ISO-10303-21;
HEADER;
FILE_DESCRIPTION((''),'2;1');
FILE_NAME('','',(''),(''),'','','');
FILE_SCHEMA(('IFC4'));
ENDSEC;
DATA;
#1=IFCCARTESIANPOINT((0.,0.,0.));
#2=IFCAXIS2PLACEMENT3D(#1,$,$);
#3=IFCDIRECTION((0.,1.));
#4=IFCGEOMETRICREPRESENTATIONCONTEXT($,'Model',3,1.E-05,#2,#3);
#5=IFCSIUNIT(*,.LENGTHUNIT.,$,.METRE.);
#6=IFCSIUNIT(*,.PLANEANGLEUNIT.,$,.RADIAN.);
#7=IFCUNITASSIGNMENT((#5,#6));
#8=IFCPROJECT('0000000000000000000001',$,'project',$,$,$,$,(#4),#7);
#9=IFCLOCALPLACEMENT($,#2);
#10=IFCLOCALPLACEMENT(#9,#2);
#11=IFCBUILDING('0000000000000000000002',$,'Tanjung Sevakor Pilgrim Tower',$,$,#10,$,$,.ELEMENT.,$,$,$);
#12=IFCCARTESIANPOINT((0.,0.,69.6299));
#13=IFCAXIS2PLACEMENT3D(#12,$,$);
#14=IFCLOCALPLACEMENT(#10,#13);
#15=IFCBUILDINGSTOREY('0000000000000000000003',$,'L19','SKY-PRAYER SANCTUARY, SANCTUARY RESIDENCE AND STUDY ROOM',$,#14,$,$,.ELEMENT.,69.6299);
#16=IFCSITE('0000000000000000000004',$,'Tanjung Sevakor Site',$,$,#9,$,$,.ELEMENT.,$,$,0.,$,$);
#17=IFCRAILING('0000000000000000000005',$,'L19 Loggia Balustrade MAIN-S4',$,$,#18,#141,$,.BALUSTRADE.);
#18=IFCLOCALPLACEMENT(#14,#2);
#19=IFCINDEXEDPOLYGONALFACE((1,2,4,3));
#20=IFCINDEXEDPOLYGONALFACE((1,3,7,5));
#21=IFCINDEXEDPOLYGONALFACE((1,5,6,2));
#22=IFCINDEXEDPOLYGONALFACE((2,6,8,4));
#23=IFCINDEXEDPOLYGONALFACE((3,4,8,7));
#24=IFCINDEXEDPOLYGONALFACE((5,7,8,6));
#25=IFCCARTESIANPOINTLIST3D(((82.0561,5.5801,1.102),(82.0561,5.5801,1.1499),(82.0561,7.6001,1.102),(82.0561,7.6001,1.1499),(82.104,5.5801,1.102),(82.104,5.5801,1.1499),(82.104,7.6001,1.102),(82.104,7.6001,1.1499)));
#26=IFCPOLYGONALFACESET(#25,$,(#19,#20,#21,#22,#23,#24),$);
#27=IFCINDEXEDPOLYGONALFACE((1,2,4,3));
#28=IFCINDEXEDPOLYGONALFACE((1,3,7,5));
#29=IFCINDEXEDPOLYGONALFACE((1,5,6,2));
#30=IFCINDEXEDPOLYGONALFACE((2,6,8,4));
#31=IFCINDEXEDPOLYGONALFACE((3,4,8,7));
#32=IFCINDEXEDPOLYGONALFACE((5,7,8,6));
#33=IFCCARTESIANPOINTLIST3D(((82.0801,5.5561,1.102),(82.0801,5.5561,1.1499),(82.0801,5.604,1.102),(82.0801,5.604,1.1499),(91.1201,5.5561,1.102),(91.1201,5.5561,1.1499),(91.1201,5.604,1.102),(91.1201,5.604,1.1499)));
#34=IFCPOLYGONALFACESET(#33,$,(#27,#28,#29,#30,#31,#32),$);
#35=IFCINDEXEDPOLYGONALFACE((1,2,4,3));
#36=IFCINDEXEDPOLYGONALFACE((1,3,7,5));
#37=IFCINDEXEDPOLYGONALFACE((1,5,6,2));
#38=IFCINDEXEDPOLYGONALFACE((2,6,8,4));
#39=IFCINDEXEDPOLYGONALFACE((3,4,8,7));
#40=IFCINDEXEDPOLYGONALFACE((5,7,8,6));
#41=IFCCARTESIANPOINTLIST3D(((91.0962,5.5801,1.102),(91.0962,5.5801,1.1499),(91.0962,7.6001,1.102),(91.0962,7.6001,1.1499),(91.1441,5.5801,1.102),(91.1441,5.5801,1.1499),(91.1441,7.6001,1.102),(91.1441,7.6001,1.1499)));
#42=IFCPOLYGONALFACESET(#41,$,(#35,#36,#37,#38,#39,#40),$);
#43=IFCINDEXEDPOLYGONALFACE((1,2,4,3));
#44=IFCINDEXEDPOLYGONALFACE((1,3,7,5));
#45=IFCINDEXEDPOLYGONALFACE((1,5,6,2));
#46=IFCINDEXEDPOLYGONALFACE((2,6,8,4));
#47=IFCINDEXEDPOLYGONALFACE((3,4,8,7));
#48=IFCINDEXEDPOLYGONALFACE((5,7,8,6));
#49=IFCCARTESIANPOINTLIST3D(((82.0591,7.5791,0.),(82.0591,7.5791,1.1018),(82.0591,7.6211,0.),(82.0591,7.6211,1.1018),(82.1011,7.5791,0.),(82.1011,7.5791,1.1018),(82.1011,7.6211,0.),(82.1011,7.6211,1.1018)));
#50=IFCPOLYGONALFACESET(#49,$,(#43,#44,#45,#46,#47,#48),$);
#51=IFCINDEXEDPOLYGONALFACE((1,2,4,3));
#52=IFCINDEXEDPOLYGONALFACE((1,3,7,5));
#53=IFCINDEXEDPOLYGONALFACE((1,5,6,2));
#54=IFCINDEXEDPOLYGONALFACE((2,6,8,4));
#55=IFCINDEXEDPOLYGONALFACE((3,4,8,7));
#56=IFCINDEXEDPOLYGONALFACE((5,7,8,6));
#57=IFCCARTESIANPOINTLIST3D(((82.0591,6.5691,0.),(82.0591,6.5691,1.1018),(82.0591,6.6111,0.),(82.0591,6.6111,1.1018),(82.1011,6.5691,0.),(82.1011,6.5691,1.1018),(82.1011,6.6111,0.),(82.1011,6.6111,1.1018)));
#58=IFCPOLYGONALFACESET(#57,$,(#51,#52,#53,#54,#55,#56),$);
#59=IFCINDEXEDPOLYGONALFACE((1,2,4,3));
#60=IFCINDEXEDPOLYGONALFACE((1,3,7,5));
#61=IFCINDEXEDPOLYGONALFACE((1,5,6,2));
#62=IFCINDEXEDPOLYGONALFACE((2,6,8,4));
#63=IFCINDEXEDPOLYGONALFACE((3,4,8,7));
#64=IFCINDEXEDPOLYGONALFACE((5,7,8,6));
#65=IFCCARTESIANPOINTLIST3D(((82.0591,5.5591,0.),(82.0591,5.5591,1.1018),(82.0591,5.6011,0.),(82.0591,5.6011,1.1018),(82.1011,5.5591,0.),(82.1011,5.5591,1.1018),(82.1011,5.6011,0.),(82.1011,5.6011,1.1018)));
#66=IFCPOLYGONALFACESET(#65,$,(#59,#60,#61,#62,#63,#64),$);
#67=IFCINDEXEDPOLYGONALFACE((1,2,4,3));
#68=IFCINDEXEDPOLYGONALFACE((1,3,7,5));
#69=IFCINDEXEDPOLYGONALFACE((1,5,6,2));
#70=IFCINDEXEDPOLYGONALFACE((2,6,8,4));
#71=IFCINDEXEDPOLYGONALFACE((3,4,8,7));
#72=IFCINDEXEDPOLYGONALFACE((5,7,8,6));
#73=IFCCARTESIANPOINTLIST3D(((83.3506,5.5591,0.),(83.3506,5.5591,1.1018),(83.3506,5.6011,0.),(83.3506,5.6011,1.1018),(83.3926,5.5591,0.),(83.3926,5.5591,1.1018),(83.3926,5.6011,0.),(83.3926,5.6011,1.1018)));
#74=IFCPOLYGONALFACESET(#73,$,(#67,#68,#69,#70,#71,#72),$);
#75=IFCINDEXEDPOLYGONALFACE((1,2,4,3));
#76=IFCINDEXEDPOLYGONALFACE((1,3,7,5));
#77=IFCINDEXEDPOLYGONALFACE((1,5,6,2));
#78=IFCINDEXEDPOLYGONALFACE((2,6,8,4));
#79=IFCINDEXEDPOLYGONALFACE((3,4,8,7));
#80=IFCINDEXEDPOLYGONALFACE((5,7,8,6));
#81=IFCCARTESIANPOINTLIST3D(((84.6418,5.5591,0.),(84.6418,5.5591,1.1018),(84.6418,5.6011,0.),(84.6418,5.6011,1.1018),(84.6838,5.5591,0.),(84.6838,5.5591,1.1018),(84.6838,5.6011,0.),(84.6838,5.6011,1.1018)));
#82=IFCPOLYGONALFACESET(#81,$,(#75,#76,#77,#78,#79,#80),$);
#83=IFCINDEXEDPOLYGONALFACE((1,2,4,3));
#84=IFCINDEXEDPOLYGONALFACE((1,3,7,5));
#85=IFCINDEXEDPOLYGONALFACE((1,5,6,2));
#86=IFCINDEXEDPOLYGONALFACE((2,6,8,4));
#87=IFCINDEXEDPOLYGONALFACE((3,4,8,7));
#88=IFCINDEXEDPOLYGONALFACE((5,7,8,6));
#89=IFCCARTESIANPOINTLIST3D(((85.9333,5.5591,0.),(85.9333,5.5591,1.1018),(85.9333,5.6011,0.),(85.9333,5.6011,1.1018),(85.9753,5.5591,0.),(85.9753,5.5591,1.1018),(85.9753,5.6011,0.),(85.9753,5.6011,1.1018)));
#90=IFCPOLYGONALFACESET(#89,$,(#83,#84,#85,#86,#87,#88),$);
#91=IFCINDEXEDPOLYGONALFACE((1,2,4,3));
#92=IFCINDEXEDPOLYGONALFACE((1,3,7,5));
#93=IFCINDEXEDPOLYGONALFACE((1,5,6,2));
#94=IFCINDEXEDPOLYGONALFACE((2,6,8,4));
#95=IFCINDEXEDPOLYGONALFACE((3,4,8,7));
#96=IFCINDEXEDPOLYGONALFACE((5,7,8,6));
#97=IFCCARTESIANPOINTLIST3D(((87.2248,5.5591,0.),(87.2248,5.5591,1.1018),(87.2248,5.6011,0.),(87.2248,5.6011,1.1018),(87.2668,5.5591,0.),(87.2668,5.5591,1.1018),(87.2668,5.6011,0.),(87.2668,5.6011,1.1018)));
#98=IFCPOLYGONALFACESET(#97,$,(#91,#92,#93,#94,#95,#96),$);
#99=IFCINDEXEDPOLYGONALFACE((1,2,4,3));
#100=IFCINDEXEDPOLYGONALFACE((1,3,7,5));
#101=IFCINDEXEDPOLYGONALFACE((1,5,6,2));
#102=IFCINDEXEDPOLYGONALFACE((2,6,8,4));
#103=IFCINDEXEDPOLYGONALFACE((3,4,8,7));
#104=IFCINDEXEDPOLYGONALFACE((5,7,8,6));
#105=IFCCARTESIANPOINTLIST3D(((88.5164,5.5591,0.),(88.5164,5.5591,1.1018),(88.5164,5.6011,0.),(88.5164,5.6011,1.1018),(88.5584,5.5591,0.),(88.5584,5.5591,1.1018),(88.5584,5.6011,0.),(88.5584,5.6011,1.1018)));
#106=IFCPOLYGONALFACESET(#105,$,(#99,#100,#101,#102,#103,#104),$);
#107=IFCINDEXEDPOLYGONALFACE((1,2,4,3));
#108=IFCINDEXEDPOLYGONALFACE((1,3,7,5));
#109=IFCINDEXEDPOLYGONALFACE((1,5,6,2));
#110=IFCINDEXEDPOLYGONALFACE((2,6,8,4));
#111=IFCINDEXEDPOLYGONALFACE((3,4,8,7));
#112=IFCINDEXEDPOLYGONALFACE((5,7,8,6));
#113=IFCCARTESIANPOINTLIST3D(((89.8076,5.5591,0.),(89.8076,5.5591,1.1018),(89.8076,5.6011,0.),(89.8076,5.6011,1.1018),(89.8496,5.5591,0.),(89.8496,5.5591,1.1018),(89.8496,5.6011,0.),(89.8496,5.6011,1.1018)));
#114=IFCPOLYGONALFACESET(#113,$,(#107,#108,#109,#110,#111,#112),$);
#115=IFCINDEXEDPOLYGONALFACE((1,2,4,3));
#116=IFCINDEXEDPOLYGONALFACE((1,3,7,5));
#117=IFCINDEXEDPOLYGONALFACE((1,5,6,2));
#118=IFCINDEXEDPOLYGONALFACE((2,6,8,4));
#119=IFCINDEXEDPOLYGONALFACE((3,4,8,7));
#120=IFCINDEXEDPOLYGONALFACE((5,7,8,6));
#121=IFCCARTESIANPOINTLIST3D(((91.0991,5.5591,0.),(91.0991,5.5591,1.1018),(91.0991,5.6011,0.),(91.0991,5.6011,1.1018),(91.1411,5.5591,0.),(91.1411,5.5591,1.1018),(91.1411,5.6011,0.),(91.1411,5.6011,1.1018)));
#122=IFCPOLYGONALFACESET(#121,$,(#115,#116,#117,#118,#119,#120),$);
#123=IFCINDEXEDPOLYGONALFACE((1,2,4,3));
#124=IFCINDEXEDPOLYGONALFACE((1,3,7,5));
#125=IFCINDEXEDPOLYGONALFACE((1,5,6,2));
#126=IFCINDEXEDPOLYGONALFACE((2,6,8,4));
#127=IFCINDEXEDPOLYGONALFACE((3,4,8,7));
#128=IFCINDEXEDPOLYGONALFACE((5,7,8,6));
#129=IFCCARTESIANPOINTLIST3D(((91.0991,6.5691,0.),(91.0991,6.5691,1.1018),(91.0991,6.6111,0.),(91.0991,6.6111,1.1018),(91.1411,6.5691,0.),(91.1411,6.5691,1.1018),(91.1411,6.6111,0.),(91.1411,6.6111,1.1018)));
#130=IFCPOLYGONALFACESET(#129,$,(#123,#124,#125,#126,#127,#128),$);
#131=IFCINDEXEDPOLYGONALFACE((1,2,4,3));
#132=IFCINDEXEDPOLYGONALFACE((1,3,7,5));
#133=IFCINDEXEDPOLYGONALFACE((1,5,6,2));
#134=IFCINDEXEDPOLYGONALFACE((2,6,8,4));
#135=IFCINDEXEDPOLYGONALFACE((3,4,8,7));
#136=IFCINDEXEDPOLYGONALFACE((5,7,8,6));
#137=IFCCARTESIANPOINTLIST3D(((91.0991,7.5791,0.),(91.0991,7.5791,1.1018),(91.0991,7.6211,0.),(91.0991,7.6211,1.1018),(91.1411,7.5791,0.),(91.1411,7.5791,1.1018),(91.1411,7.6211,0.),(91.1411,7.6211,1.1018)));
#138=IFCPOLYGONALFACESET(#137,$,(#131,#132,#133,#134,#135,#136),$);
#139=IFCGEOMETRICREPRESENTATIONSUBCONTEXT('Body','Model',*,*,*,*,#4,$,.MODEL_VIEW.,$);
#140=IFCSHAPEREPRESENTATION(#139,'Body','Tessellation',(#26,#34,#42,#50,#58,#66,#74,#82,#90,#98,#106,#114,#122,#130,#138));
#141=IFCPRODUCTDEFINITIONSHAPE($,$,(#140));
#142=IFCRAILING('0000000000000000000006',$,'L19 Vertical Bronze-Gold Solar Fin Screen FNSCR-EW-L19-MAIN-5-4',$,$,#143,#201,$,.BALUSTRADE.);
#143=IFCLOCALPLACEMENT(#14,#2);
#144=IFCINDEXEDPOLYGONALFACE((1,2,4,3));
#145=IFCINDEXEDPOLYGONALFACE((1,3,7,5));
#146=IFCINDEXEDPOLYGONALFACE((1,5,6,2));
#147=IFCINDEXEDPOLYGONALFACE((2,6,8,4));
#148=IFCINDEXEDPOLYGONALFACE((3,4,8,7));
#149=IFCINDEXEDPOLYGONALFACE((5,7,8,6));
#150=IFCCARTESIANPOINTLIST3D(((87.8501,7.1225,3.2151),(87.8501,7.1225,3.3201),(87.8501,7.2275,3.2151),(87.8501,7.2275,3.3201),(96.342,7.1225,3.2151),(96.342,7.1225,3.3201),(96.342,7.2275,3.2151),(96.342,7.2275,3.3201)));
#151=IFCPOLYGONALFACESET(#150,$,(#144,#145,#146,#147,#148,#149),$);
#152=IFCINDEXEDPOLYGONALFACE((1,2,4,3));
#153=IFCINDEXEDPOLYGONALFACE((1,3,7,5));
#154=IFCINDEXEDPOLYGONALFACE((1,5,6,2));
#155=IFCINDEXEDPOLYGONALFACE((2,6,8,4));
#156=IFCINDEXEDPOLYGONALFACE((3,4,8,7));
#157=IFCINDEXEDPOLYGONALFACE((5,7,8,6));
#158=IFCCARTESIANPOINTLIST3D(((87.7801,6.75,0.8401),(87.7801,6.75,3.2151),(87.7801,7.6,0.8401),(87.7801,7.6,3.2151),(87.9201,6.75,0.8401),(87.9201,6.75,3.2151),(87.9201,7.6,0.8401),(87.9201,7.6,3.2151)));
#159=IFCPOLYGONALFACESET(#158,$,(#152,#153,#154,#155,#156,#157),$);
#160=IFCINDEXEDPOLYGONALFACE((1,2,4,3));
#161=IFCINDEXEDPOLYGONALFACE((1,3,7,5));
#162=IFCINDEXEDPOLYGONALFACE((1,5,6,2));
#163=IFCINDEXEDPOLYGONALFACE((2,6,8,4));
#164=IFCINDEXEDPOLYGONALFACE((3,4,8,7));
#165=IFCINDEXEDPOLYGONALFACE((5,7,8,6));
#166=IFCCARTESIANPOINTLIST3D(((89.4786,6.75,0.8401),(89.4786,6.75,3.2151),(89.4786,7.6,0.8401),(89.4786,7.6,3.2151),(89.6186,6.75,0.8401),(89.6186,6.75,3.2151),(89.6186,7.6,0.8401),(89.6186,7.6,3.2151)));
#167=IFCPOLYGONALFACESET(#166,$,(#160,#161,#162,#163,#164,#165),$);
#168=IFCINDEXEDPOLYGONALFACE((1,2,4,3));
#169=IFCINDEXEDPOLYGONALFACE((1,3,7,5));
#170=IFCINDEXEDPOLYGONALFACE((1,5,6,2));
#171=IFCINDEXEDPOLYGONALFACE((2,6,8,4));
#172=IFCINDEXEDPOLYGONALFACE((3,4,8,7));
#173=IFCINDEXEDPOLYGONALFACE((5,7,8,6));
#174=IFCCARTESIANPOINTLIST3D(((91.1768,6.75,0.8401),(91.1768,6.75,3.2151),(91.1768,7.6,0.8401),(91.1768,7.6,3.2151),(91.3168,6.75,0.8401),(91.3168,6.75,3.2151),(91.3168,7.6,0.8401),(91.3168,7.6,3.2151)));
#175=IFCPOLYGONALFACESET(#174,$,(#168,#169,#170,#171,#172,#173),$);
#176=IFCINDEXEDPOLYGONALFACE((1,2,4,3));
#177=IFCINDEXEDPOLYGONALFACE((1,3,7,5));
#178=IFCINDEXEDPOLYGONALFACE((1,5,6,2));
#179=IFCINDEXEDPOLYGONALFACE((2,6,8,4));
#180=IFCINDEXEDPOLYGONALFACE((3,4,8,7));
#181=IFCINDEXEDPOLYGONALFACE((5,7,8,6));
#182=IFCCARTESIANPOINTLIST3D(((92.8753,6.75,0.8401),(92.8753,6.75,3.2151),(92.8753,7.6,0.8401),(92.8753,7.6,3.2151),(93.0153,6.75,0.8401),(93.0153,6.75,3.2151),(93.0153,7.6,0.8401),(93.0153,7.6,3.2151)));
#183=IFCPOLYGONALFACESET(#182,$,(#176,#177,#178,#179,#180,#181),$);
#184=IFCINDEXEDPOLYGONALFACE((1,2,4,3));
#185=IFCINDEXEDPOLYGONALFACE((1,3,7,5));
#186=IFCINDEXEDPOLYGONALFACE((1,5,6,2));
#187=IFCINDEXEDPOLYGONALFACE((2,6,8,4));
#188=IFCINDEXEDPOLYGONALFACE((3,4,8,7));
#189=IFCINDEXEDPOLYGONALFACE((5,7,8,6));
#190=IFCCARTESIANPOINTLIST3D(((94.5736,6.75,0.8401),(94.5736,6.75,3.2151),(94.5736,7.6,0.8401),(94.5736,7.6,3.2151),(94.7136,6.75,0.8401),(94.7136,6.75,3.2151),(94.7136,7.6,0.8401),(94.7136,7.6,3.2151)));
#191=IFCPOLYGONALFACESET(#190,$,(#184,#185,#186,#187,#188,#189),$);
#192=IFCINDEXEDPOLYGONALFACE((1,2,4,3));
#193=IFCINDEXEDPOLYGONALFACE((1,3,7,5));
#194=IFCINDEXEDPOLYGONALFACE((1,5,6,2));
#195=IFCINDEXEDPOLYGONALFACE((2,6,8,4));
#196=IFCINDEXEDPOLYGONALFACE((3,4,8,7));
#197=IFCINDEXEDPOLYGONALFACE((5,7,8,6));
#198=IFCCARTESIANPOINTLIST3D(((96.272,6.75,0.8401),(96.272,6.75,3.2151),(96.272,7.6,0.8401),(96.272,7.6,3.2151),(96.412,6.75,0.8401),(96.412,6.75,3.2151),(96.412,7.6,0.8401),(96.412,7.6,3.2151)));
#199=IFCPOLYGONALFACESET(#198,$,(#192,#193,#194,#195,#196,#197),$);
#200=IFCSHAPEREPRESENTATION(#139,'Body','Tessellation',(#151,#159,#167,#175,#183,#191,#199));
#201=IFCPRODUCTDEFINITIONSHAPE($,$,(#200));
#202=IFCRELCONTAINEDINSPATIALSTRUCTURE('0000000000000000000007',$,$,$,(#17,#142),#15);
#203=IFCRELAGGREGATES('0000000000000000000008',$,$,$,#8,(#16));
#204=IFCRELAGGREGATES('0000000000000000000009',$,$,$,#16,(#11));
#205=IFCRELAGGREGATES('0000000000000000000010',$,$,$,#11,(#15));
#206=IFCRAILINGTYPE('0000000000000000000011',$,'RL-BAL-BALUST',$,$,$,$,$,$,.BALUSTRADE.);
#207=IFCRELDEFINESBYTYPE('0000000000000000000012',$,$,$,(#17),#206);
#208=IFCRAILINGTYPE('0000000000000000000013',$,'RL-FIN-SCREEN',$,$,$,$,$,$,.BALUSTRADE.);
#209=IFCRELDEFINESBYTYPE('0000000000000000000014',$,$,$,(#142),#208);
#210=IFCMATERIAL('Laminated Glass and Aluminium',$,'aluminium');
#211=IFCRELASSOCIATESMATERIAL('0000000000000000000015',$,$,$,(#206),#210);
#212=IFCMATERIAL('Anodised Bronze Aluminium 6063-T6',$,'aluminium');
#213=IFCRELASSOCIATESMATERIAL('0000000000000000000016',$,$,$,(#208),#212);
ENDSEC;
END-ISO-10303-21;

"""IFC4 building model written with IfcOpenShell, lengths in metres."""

from ifc_helpers import new_model, si_unit, direction, frame, origin, place, context, subcontext, project, spatial, rectangle, extrude, material, type_object, element, save


model = new_model("IFC4")

# Units and contexts
model_context = context("Model", 3, precision=1e-05, world=origin(), true_north=direction((0.0, 1.0)))
body_context = subcontext(model_context, "Body", "Model", "MODEL_VIEW")
ifc_project = project(units=[si_unit("LENGTHUNIT", "METRE"), si_unit("PLANEANGLEUNIT", "RADIAN")], contexts=[model_context])

# Site, building, storey
site_placement = place(None, origin())
site = spatial("IfcSite", under=ifc_project, at=site_placement, Name="Tanjung Sevakor Site", CompositionType="ELEMENT", RefElevation=0.0)
building_placement = place(site_placement, origin())
building = spatial("IfcBuilding", under=site, at=building_placement, Name="Tanjung Sevakor Pilgrim Tower", CompositionType="ELEMENT")
storey_placement = place(building_placement, frame((0.0, 0.0, 69.6299)))
storey = spatial("IfcBuildingStorey", under=building, at=storey_placement, Name="L19", Description="SKY-PRAYER SANCTUARY, SANCTUARY RESIDENCE AND STUDY ROOM", CompositionType="ELEMENT", Elevation=69.6299)

# Railings
ifc_material_1 = material(Name="Laminated Glass and Aluminium", Category="aluminium")
railing_type_1 = type_object("IfcRailingType", Name="RL-BAL-BALUST", PredefinedType="BALUSTRADE", material=ifc_material_1)
railing_1_placement = place(storey_placement, frame((82.0801, 7.6001, 0.0)))
element("IfcRailing", 1, at=railing_1_placement, inside=storey, type_object=railing_type_1, Name="L19 Loggia Balustrade MAIN-S4", PredefinedType="BALUSTRADE", context=body_context, shape_type="SweptSolid", body=[
    extrude(rectangle(XDim=0.0479, YDim=0.0479), frame((0.0, 0.0, 1.126), z_axis=(0.0, -1.0, 0.0), x_axis=(1.0, 0.0, 0.0)), (0.0, 0.0, 1.0), 2.02),
    extrude(rectangle(XDim=0.0479, YDim=0.0479), frame((0.0, -2.02, 1.126), z_axis=(1.0, 0.0, 0.0), x_axis=(0.0, 1.0, 0.0)), (0.0, 0.0, 1.0), 9.04),
    extrude(rectangle(XDim=0.0479, YDim=0.0479), frame((9.04, -2.02, 1.126), z_axis=(0.0, 1.0, 0.0), x_axis=(-1.0, 0.0, 0.0)), (0.0, 0.0, 1.0), 2.02),
    extrude(rectangle(XDim=0.042, YDim=0.042), origin(), (0.0, 0.0, 1.0), 1.1018),
    extrude(rectangle(XDim=0.042, YDim=0.042), frame((0.0, -1.01, 0.0)), (0.0, 0.0, 1.0), 1.1018),
    extrude(rectangle(XDim=0.042, YDim=0.042), frame((0.0, -2.02, 0.0)), (0.0, 0.0, 1.0), 1.1018),
    extrude(rectangle(XDim=0.042, YDim=0.042), frame((1.2915, -2.02, 0.0)), (0.0, 0.0, 1.0), 1.1018),
    extrude(rectangle(XDim=0.042, YDim=0.042), frame((2.5828, -2.02, 0.0)), (0.0, 0.0, 1.0), 1.1018),
    extrude(rectangle(XDim=0.042, YDim=0.042), frame((3.8743, -2.02, 0.0)), (0.0, 0.0, 1.0), 1.1018),
    extrude(rectangle(XDim=0.042, YDim=0.042), frame((5.1658, -2.02, 0.0)), (0.0, 0.0, 1.0), 1.1018),
    extrude(rectangle(XDim=0.042, YDim=0.042), frame((6.4573, -2.02, 0.0)), (0.0, 0.0, 1.0), 1.1018),
    extrude(rectangle(XDim=0.042, YDim=0.042), frame((7.7485, -2.02, 0.0)), (0.0, 0.0, 1.0), 1.1018),
    extrude(rectangle(XDim=0.042, YDim=0.042), frame((9.04, -2.02, 0.0)), (0.0, 0.0, 1.0), 1.1018),
    extrude(rectangle(XDim=0.042, YDim=0.042), frame((9.04, -1.01, 0.0)), (0.0, 0.0, 1.0), 1.1018),
    extrude(rectangle(XDim=0.042, YDim=0.042), frame((9.04, 0.0, 0.0)), (0.0, 0.0, 1.0), 1.1018),
])
ifc_material_2 = material(Name="Anodised Bronze Aluminium 6063-T6", Category="aluminium")
railing_type_2 = type_object("IfcRailingType", Name="RL-FIN-SCREEN", PredefinedType="BALUSTRADE", material=ifc_material_2)
railing_2_placement = place(storey_placement, frame((87.8501, 7.175, 0.8401)))
element("IfcRailing", 2, at=railing_2_placement, inside=storey, type_object=railing_type_2, Name="L19 Vertical Bronze-Gold Solar Fin Screen FNSCR-EW-L19-MAIN-5-4", PredefinedType="BALUSTRADE", context=body_context, shape_type="SweptSolid", body=[
    extrude(rectangle(XDim=0.105, YDim=0.105), frame((0.0, 0.0, 2.4275), z_axis=(1.0, 0.0, 0.0), x_axis=(0.0, 1.0, 0.0)), (0.0, 0.0, 1.0), 8.4919),
    extrude(rectangle(XDim=0.14, YDim=0.85), origin(), (0.0, 0.0, 1.0), 2.375),
    extrude(rectangle(XDim=0.14, YDim=0.85), frame((1.6985, 0.0, 0.0)), (0.0, 0.0, 1.0), 2.375),
    extrude(rectangle(XDim=0.14, YDim=0.85), frame((3.3967, 0.0, 0.0)), (0.0, 0.0, 1.0), 2.375),
    extrude(rectangle(XDim=0.14, YDim=0.85), frame((5.0952, 0.0, 0.0)), (0.0, 0.0, 1.0), 2.375),
    extrude(rectangle(XDim=0.14, YDim=0.85), frame((6.7935, 0.0, 0.0)), (0.0, 0.0, 1.0), 2.375),
    extrude(rectangle(XDim=0.14, YDim=0.85), frame((8.4919, 0.0, 0.0)), (0.0, 0.0, 1.0), 2.375),
])

save(model, "model.ifc")
